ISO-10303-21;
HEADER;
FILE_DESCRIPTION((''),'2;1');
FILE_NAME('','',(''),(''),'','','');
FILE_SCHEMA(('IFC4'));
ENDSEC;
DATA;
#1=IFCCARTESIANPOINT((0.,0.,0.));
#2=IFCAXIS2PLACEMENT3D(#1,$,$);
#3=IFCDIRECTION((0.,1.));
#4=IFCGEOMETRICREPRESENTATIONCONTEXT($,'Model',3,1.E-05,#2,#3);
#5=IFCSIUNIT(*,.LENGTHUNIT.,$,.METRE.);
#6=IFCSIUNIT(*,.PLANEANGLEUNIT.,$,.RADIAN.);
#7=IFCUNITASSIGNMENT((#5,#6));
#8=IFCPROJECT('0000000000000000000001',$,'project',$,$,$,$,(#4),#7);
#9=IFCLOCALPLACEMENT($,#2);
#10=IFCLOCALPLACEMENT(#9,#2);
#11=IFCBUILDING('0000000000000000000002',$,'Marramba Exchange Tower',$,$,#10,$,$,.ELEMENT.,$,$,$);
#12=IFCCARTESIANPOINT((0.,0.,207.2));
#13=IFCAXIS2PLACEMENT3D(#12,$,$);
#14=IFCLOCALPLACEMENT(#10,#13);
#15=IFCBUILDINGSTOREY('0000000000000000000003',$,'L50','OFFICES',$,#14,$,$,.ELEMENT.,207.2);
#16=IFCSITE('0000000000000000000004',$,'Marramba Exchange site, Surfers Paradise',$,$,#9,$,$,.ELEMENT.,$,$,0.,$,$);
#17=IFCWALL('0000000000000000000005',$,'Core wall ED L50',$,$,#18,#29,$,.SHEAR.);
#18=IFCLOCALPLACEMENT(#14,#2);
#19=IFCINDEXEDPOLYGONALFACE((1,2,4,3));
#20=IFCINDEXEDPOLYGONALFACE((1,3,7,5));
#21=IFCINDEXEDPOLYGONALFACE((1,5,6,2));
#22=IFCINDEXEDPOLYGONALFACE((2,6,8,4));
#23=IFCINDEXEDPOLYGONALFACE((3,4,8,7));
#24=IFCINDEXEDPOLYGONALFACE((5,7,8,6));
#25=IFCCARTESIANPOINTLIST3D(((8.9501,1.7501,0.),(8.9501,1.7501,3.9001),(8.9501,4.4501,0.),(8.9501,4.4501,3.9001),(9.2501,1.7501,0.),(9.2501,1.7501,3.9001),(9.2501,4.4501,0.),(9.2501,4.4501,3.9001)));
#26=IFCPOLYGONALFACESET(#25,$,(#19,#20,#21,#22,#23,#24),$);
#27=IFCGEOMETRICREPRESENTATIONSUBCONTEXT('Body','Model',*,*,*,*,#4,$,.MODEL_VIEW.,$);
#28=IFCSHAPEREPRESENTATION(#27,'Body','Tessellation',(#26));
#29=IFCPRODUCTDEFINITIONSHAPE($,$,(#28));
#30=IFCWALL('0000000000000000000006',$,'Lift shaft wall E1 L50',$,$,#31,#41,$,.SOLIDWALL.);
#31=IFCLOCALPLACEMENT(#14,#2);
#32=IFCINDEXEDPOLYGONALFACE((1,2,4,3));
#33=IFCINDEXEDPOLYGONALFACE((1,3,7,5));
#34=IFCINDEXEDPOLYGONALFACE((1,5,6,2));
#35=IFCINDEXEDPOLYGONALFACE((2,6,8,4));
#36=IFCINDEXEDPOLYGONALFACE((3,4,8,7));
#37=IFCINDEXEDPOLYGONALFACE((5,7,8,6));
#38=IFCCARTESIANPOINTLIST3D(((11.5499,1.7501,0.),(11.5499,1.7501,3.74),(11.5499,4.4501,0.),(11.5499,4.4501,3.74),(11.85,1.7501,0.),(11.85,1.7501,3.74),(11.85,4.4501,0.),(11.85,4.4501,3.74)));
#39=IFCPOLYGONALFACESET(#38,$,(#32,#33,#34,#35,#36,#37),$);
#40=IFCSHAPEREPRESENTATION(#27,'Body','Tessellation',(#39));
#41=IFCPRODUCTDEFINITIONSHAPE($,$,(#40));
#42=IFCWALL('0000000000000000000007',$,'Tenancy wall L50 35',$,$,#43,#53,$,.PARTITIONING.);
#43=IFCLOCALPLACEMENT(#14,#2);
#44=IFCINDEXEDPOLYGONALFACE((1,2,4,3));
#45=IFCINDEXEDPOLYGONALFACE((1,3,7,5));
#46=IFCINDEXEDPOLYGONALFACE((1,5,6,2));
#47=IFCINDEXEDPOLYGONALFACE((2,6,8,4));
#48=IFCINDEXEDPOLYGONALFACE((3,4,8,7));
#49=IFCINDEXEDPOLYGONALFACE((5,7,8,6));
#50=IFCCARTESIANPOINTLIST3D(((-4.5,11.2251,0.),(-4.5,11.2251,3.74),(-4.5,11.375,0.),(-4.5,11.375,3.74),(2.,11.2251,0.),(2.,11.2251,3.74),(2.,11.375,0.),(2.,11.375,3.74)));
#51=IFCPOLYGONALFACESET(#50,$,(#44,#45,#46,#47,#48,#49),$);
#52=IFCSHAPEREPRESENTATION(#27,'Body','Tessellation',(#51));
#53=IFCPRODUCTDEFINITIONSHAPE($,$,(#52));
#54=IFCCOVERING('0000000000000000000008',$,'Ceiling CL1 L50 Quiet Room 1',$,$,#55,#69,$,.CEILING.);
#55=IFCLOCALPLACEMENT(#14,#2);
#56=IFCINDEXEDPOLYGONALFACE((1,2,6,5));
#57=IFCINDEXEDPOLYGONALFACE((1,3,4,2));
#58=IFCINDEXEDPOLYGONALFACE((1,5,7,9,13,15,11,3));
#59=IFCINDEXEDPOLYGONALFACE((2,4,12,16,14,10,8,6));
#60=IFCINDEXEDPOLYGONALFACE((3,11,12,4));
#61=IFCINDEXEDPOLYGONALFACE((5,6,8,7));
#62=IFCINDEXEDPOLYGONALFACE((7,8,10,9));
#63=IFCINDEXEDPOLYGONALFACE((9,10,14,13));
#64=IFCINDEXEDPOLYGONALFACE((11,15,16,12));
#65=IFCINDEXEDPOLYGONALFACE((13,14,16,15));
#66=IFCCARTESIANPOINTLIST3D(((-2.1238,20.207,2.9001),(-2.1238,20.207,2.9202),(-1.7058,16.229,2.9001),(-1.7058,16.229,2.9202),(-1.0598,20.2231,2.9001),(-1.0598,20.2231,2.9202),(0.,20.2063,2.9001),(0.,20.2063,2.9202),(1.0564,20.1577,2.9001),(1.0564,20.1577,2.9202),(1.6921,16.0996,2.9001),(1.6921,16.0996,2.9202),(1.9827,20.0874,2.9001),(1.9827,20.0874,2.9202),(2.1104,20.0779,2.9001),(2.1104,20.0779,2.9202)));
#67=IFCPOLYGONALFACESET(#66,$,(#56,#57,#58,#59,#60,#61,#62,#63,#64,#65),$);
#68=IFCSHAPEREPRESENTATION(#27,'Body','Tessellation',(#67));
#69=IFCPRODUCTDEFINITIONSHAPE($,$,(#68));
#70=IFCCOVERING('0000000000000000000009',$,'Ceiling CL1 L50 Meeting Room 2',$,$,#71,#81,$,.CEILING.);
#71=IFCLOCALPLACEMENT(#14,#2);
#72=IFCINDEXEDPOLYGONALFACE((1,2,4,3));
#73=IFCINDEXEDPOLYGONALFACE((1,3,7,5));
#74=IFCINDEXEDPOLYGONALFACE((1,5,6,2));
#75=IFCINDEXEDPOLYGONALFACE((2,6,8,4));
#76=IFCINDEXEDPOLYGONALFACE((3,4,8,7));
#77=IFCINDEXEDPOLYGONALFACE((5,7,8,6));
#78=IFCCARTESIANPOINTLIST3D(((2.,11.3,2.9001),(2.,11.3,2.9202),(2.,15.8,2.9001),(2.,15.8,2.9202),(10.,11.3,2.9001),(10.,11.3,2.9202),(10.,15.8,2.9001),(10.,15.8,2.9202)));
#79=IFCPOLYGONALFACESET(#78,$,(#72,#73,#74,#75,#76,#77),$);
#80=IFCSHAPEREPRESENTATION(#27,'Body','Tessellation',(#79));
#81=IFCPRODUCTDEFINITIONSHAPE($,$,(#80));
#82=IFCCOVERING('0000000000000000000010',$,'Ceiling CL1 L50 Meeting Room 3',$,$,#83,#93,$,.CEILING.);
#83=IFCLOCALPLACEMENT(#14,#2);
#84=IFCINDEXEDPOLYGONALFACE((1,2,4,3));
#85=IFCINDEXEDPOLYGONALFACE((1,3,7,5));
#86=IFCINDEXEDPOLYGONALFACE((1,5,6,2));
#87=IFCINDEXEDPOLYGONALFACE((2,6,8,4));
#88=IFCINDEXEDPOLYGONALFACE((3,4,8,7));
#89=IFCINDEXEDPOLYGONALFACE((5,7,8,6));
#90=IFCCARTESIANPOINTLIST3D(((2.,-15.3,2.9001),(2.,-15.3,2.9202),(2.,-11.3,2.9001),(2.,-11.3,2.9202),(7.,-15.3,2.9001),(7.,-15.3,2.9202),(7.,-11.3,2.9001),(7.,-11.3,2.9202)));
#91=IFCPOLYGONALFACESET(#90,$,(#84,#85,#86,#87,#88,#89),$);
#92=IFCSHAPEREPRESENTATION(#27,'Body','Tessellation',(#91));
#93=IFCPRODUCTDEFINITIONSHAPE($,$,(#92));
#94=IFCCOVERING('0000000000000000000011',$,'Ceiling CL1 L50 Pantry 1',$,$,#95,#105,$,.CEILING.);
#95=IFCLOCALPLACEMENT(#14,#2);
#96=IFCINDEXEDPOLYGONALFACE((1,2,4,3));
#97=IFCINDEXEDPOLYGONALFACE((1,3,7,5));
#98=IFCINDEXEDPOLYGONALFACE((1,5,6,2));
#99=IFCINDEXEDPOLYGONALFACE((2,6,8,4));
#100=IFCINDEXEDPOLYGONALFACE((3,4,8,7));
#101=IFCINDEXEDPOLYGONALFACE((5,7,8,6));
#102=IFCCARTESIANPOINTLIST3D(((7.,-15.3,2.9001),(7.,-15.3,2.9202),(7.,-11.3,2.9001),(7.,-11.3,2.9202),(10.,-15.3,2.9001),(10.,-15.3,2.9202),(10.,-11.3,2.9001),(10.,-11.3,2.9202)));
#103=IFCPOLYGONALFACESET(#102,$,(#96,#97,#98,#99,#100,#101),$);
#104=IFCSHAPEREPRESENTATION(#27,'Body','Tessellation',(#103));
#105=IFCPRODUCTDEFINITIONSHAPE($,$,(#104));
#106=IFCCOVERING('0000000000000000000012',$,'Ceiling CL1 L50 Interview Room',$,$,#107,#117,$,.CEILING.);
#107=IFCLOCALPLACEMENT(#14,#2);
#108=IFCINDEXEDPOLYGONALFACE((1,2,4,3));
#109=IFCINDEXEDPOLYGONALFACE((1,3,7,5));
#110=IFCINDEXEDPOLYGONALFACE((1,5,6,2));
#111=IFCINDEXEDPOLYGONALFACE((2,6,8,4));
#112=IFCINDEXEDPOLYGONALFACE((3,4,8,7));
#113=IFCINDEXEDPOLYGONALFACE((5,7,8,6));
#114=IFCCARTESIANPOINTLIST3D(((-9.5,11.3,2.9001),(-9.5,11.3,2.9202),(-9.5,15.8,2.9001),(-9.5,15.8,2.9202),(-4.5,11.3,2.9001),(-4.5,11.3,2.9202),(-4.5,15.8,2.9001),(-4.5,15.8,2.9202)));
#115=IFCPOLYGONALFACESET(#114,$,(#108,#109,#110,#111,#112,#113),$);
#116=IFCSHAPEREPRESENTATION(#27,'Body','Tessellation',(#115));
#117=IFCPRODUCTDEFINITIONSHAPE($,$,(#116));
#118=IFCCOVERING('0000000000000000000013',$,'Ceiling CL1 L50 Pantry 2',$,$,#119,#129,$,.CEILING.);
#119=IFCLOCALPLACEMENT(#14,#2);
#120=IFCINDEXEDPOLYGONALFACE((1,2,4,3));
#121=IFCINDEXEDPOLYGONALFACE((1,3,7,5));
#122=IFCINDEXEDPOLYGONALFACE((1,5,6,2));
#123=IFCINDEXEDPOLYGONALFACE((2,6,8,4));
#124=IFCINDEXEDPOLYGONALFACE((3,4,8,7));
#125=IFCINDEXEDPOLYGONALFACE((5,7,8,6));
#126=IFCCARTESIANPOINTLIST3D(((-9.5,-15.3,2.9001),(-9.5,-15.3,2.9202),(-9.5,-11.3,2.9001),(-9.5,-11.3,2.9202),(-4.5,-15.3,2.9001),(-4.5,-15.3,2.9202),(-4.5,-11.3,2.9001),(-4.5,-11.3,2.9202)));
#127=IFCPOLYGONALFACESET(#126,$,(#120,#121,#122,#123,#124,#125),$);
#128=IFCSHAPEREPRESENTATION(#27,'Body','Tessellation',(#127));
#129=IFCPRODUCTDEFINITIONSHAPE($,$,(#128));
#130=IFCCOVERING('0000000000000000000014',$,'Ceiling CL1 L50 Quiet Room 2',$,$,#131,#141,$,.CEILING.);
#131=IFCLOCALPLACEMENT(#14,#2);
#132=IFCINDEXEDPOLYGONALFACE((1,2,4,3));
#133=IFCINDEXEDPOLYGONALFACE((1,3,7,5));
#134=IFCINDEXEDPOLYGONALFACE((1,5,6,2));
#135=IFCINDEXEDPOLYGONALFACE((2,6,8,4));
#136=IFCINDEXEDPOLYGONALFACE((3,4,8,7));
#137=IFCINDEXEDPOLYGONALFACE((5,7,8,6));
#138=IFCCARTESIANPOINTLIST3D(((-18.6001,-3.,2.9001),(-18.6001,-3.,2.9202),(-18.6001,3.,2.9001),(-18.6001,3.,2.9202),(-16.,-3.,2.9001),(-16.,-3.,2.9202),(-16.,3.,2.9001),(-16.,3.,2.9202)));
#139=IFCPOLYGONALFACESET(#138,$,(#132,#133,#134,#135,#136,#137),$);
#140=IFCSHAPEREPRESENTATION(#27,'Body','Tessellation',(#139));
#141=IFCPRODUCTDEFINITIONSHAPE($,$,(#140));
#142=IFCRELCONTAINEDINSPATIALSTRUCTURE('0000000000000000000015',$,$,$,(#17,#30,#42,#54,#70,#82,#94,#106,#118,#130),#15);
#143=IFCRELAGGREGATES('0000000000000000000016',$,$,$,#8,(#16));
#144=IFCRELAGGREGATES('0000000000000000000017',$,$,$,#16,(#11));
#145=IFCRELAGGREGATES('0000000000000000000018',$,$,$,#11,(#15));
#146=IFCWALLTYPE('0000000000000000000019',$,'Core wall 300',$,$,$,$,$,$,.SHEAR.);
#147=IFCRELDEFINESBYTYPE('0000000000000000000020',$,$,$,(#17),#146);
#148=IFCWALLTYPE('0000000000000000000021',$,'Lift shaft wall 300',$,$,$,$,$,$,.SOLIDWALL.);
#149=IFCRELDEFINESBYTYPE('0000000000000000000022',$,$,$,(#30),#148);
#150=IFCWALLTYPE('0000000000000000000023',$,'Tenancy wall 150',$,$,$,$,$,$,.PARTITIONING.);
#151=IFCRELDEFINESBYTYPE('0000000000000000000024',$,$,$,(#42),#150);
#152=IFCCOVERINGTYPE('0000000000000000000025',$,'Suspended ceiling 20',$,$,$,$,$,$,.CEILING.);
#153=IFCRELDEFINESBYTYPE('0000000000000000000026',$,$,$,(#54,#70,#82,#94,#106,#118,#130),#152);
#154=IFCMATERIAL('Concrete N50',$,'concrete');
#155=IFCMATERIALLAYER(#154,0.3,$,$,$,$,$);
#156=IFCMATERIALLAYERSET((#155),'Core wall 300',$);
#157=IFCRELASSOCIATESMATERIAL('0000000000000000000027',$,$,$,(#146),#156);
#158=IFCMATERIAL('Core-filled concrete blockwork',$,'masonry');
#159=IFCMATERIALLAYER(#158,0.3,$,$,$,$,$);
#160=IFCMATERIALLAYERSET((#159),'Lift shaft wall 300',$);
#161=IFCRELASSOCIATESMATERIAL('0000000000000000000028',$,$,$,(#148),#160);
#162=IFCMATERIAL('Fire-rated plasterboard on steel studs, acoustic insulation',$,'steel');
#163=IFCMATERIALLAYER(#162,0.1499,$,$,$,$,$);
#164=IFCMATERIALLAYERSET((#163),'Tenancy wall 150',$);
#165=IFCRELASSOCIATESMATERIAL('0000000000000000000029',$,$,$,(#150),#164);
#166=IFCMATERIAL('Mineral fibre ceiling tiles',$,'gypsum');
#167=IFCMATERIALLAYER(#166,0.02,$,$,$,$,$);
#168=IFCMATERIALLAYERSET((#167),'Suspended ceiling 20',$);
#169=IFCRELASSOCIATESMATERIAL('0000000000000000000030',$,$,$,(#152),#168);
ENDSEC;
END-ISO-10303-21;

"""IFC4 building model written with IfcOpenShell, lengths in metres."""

from ifc_helpers import new_model, si_unit, direction, frame, frame_2d, origin, place, context, subcontext, project, spatial, polyline, rectangle, outline, extrude, material, layer, layer_set, type_object, element, save


model = new_model("IFC4")

# Units and contexts
model_context = context("Model", 3, precision=1e-05, world=origin(), true_north=direction((0.0, 1.0)))
body_context = subcontext(model_context, "Body", "Model", "MODEL_VIEW")
ifc_project = project(units=[si_unit("LENGTHUNIT", "METRE"), si_unit("PLANEANGLEUNIT", "RADIAN")], contexts=[model_context])

# Site, building, storey
site_placement = place(None, origin())
site = spatial("IfcSite", under=ifc_project, at=site_placement, Name="Marramba Exchange site, Surfers Paradise", CompositionType="ELEMENT", RefElevation=0.0)
building_placement = place(site_placement, origin())
building = spatial("IfcBuilding", under=site, at=building_placement, Name="Marramba Exchange Tower", CompositionType="ELEMENT")
storey_placement = place(building_placement, frame((0.0, 0.0, 207.2)))
storey = spatial("IfcBuildingStorey", under=building, at=storey_placement, Name="L50", Description="OFFICES", CompositionType="ELEMENT", Elevation=207.2)

# Walls
ifc_material_1 = material(Name="Concrete N50", Category="concrete")
ifc_layer_1 = layer(ifc_material_1, 0.3)
ifc_layer_set_1 = layer_set([ifc_layer_1], Name="Core wall 300")
wall_type_1 = type_object("IfcWallType", Name="Core wall 300", PredefinedType="SHEAR", material=ifc_layer_set_1)
wall_1_placement = place(storey_placement, frame((9.1001, 1.75, 0.0), z_axis=(0.0, 0.0, 1.0), x_axis=(0.0, 1.0, 0.0)))
element("IfcWall", 1, at=wall_1_placement, inside=storey, type_object=wall_type_1, Name="Core wall ED L50", PredefinedType="SHEAR", context=body_context, shape_type="SweptSolid", body=[
    extrude(rectangle(XDim=2.7, YDim=0.3, at=frame_2d((1.3501, 0.0))), origin(), (0.0, 0.0, 1.0), 3.9001),
])
ifc_material_2 = material(Name="Core-filled concrete blockwork", Category="masonry")
ifc_layer_2 = layer(ifc_material_2, 0.3)
ifc_layer_set_2 = layer_set([ifc_layer_2], Name="Lift shaft wall 300")
wall_type_2 = type_object("IfcWallType", Name="Lift shaft wall 300", PredefinedType="SOLIDWALL", material=ifc_layer_set_2)
wall_2_placement = place(storey_placement, frame((11.7, 1.75, 0.0), z_axis=(0.0, 0.0, 1.0), x_axis=(0.0, 1.0, 0.0)))
element("IfcWall", 2, at=wall_2_placement, inside=storey, type_object=wall_type_2, Name="Lift shaft wall E1 L50", PredefinedType="SOLIDWALL", context=body_context, shape_type="SweptSolid", body=[
    extrude(rectangle(XDim=2.7, YDim=0.3, at=frame_2d((1.3501, 0.0))), origin(), (0.0, 0.0, 1.0), 3.74),
])
ifc_material_3 = material(Name="Fire-rated plasterboard on steel studs, acoustic insulation", Category="steel")
ifc_layer_3 = layer(ifc_material_3, 0.1499)
ifc_layer_set_3 = layer_set([ifc_layer_3], Name="Tenancy wall 150")
wall_type_3 = type_object("IfcWallType", Name="Tenancy wall 150", PredefinedType="PARTITIONING", material=ifc_layer_set_3)
wall_3_placement = place(storey_placement, frame((2.0, 11.3, 0.0), z_axis=(0.0, 0.0, 1.0), x_axis=(-1.0, 0.0, 0.0)))
element("IfcWall", 3, at=wall_3_placement, inside=storey, type_object=wall_type_3, Name="Tenancy wall L50 35", PredefinedType="PARTITIONING", context=body_context, shape_type="SweptSolid", body=[
    extrude(rectangle(XDim=6.5, YDim=0.1499, at=frame_2d((3.25, 0.0))), origin(), (0.0, 0.0, 1.0), 3.74),
])

# Coverings
ifc_material_4 = material(Name="Mineral fibre ceiling tiles", Category="gypsum")
ifc_layer_4 = layer(ifc_material_4, 0.02)
ifc_layer_set_4 = layer_set([ifc_layer_4], Name="Suspended ceiling 20")
covering_type = type_object("IfcCoveringType", Name="Suspended ceiling 20", PredefinedType="CEILING", material=ifc_layer_set_4)
covering_1_placement = place(storey_placement, frame((0.0, 0.0, 2.9001)))
element("IfcCovering", 4, at=covering_1_placement, inside=storey, type_object=covering_type, Name="Ceiling CL1 L50 Quiet Room 1", PredefinedType="CEILING", context=body_context, shape_type="SweptSolid", body=[
    extrude(outline(polyline([(-1.0598, 20.2231), (0.0, 20.2063), (1.0564, 20.1577), (1.9827, 20.0874), (2.1104, 20.0779), (1.6921, 16.0996), (-1.7058, 16.229), (-2.1238, 20.207), (-1.0598, 20.2231)])), origin(), (0.0, 0.0, 1.0), 0.02),
])
covering_2_placement = place(storey_placement, frame((0.0, 0.0, 2.9001)))
element("IfcCovering", 5, at=covering_2_placement, inside=storey, type_object=covering_type, Name="Ceiling CL1 L50 Meeting Room 2", PredefinedType="CEILING", context=body_context, shape_type="SweptSolid", body=[
    extrude(outline(polyline([(10.0, 11.3), (2.0, 11.3), (2.0, 15.8), (10.0, 15.8), (10.0, 11.3)])), origin(), (0.0, 0.0, 1.0), 0.02),
])
covering_3_placement = place(storey_placement, frame((0.0, 0.0, 2.9001)))
element("IfcCovering", 6, at=covering_3_placement, inside=storey, type_object=covering_type, Name="Ceiling CL1 L50 Meeting Room 3", PredefinedType="CEILING", context=body_context, shape_type="SweptSolid", body=[
    extrude(outline(polyline([(7.0, -15.3), (2.0, -15.3), (2.0, -11.3), (7.0, -11.3), (7.0, -15.3)])), origin(), (0.0, 0.0, 1.0), 0.02),
])
covering_4_placement = place(storey_placement, frame((0.0, 0.0, 2.9001)))
element("IfcCovering", 7, at=covering_4_placement, inside=storey, type_object=covering_type, Name="Ceiling CL1 L50 Pantry 1", PredefinedType="CEILING", context=body_context, shape_type="SweptSolid", body=[
    extrude(outline(polyline([(10.0, -15.3), (7.0, -15.3), (7.0, -11.3), (10.0, -11.3), (10.0, -15.3)])), origin(), (0.0, 0.0, 1.0), 0.02),
])
covering_5_placement = place(storey_placement, frame((0.0, 0.0, 2.9001)))
element("IfcCovering", 8, at=covering_5_placement, inside=storey, type_object=covering_type, Name="Ceiling CL1 L50 Interview Room", PredefinedType="CEILING", context=body_context, shape_type="SweptSolid", body=[
    extrude(outline(polyline([(-4.5, 11.3), (-9.5, 11.3), (-9.5, 15.8), (-4.5, 15.8), (-4.5, 11.3)])), origin(), (0.0, 0.0, 1.0), 0.02),
])
covering_6_placement = place(storey_placement, frame((0.0, 0.0, 2.9001)))
element("IfcCovering", 9, at=covering_6_placement, inside=storey, type_object=covering_type, Name="Ceiling CL1 L50 Pantry 2", PredefinedType="CEILING", context=body_context, shape_type="SweptSolid", body=[
    extrude(outline(polyline([(-4.5, -15.3), (-9.5, -15.3), (-9.5, -11.3), (-4.5, -11.3), (-4.5, -15.3)])), origin(), (0.0, 0.0, 1.0), 0.02),
])
covering_7_placement = place(storey_placement, frame((0.0, 0.0, 2.9001)))
element("IfcCovering", 10, at=covering_7_placement, inside=storey, type_object=covering_type, Name="Ceiling CL1 L50 Quiet Room 2", PredefinedType="CEILING", context=body_context, shape_type="SweptSolid", body=[
    extrude(outline(polyline([(-16.0, -3.0), (-18.6001, -3.0), (-18.6001, 3.0), (-16.0, 3.0), (-16.0, -3.0)])), origin(), (0.0, 0.0, 1.0), 0.02),
])

save(model, "model.ifc")
